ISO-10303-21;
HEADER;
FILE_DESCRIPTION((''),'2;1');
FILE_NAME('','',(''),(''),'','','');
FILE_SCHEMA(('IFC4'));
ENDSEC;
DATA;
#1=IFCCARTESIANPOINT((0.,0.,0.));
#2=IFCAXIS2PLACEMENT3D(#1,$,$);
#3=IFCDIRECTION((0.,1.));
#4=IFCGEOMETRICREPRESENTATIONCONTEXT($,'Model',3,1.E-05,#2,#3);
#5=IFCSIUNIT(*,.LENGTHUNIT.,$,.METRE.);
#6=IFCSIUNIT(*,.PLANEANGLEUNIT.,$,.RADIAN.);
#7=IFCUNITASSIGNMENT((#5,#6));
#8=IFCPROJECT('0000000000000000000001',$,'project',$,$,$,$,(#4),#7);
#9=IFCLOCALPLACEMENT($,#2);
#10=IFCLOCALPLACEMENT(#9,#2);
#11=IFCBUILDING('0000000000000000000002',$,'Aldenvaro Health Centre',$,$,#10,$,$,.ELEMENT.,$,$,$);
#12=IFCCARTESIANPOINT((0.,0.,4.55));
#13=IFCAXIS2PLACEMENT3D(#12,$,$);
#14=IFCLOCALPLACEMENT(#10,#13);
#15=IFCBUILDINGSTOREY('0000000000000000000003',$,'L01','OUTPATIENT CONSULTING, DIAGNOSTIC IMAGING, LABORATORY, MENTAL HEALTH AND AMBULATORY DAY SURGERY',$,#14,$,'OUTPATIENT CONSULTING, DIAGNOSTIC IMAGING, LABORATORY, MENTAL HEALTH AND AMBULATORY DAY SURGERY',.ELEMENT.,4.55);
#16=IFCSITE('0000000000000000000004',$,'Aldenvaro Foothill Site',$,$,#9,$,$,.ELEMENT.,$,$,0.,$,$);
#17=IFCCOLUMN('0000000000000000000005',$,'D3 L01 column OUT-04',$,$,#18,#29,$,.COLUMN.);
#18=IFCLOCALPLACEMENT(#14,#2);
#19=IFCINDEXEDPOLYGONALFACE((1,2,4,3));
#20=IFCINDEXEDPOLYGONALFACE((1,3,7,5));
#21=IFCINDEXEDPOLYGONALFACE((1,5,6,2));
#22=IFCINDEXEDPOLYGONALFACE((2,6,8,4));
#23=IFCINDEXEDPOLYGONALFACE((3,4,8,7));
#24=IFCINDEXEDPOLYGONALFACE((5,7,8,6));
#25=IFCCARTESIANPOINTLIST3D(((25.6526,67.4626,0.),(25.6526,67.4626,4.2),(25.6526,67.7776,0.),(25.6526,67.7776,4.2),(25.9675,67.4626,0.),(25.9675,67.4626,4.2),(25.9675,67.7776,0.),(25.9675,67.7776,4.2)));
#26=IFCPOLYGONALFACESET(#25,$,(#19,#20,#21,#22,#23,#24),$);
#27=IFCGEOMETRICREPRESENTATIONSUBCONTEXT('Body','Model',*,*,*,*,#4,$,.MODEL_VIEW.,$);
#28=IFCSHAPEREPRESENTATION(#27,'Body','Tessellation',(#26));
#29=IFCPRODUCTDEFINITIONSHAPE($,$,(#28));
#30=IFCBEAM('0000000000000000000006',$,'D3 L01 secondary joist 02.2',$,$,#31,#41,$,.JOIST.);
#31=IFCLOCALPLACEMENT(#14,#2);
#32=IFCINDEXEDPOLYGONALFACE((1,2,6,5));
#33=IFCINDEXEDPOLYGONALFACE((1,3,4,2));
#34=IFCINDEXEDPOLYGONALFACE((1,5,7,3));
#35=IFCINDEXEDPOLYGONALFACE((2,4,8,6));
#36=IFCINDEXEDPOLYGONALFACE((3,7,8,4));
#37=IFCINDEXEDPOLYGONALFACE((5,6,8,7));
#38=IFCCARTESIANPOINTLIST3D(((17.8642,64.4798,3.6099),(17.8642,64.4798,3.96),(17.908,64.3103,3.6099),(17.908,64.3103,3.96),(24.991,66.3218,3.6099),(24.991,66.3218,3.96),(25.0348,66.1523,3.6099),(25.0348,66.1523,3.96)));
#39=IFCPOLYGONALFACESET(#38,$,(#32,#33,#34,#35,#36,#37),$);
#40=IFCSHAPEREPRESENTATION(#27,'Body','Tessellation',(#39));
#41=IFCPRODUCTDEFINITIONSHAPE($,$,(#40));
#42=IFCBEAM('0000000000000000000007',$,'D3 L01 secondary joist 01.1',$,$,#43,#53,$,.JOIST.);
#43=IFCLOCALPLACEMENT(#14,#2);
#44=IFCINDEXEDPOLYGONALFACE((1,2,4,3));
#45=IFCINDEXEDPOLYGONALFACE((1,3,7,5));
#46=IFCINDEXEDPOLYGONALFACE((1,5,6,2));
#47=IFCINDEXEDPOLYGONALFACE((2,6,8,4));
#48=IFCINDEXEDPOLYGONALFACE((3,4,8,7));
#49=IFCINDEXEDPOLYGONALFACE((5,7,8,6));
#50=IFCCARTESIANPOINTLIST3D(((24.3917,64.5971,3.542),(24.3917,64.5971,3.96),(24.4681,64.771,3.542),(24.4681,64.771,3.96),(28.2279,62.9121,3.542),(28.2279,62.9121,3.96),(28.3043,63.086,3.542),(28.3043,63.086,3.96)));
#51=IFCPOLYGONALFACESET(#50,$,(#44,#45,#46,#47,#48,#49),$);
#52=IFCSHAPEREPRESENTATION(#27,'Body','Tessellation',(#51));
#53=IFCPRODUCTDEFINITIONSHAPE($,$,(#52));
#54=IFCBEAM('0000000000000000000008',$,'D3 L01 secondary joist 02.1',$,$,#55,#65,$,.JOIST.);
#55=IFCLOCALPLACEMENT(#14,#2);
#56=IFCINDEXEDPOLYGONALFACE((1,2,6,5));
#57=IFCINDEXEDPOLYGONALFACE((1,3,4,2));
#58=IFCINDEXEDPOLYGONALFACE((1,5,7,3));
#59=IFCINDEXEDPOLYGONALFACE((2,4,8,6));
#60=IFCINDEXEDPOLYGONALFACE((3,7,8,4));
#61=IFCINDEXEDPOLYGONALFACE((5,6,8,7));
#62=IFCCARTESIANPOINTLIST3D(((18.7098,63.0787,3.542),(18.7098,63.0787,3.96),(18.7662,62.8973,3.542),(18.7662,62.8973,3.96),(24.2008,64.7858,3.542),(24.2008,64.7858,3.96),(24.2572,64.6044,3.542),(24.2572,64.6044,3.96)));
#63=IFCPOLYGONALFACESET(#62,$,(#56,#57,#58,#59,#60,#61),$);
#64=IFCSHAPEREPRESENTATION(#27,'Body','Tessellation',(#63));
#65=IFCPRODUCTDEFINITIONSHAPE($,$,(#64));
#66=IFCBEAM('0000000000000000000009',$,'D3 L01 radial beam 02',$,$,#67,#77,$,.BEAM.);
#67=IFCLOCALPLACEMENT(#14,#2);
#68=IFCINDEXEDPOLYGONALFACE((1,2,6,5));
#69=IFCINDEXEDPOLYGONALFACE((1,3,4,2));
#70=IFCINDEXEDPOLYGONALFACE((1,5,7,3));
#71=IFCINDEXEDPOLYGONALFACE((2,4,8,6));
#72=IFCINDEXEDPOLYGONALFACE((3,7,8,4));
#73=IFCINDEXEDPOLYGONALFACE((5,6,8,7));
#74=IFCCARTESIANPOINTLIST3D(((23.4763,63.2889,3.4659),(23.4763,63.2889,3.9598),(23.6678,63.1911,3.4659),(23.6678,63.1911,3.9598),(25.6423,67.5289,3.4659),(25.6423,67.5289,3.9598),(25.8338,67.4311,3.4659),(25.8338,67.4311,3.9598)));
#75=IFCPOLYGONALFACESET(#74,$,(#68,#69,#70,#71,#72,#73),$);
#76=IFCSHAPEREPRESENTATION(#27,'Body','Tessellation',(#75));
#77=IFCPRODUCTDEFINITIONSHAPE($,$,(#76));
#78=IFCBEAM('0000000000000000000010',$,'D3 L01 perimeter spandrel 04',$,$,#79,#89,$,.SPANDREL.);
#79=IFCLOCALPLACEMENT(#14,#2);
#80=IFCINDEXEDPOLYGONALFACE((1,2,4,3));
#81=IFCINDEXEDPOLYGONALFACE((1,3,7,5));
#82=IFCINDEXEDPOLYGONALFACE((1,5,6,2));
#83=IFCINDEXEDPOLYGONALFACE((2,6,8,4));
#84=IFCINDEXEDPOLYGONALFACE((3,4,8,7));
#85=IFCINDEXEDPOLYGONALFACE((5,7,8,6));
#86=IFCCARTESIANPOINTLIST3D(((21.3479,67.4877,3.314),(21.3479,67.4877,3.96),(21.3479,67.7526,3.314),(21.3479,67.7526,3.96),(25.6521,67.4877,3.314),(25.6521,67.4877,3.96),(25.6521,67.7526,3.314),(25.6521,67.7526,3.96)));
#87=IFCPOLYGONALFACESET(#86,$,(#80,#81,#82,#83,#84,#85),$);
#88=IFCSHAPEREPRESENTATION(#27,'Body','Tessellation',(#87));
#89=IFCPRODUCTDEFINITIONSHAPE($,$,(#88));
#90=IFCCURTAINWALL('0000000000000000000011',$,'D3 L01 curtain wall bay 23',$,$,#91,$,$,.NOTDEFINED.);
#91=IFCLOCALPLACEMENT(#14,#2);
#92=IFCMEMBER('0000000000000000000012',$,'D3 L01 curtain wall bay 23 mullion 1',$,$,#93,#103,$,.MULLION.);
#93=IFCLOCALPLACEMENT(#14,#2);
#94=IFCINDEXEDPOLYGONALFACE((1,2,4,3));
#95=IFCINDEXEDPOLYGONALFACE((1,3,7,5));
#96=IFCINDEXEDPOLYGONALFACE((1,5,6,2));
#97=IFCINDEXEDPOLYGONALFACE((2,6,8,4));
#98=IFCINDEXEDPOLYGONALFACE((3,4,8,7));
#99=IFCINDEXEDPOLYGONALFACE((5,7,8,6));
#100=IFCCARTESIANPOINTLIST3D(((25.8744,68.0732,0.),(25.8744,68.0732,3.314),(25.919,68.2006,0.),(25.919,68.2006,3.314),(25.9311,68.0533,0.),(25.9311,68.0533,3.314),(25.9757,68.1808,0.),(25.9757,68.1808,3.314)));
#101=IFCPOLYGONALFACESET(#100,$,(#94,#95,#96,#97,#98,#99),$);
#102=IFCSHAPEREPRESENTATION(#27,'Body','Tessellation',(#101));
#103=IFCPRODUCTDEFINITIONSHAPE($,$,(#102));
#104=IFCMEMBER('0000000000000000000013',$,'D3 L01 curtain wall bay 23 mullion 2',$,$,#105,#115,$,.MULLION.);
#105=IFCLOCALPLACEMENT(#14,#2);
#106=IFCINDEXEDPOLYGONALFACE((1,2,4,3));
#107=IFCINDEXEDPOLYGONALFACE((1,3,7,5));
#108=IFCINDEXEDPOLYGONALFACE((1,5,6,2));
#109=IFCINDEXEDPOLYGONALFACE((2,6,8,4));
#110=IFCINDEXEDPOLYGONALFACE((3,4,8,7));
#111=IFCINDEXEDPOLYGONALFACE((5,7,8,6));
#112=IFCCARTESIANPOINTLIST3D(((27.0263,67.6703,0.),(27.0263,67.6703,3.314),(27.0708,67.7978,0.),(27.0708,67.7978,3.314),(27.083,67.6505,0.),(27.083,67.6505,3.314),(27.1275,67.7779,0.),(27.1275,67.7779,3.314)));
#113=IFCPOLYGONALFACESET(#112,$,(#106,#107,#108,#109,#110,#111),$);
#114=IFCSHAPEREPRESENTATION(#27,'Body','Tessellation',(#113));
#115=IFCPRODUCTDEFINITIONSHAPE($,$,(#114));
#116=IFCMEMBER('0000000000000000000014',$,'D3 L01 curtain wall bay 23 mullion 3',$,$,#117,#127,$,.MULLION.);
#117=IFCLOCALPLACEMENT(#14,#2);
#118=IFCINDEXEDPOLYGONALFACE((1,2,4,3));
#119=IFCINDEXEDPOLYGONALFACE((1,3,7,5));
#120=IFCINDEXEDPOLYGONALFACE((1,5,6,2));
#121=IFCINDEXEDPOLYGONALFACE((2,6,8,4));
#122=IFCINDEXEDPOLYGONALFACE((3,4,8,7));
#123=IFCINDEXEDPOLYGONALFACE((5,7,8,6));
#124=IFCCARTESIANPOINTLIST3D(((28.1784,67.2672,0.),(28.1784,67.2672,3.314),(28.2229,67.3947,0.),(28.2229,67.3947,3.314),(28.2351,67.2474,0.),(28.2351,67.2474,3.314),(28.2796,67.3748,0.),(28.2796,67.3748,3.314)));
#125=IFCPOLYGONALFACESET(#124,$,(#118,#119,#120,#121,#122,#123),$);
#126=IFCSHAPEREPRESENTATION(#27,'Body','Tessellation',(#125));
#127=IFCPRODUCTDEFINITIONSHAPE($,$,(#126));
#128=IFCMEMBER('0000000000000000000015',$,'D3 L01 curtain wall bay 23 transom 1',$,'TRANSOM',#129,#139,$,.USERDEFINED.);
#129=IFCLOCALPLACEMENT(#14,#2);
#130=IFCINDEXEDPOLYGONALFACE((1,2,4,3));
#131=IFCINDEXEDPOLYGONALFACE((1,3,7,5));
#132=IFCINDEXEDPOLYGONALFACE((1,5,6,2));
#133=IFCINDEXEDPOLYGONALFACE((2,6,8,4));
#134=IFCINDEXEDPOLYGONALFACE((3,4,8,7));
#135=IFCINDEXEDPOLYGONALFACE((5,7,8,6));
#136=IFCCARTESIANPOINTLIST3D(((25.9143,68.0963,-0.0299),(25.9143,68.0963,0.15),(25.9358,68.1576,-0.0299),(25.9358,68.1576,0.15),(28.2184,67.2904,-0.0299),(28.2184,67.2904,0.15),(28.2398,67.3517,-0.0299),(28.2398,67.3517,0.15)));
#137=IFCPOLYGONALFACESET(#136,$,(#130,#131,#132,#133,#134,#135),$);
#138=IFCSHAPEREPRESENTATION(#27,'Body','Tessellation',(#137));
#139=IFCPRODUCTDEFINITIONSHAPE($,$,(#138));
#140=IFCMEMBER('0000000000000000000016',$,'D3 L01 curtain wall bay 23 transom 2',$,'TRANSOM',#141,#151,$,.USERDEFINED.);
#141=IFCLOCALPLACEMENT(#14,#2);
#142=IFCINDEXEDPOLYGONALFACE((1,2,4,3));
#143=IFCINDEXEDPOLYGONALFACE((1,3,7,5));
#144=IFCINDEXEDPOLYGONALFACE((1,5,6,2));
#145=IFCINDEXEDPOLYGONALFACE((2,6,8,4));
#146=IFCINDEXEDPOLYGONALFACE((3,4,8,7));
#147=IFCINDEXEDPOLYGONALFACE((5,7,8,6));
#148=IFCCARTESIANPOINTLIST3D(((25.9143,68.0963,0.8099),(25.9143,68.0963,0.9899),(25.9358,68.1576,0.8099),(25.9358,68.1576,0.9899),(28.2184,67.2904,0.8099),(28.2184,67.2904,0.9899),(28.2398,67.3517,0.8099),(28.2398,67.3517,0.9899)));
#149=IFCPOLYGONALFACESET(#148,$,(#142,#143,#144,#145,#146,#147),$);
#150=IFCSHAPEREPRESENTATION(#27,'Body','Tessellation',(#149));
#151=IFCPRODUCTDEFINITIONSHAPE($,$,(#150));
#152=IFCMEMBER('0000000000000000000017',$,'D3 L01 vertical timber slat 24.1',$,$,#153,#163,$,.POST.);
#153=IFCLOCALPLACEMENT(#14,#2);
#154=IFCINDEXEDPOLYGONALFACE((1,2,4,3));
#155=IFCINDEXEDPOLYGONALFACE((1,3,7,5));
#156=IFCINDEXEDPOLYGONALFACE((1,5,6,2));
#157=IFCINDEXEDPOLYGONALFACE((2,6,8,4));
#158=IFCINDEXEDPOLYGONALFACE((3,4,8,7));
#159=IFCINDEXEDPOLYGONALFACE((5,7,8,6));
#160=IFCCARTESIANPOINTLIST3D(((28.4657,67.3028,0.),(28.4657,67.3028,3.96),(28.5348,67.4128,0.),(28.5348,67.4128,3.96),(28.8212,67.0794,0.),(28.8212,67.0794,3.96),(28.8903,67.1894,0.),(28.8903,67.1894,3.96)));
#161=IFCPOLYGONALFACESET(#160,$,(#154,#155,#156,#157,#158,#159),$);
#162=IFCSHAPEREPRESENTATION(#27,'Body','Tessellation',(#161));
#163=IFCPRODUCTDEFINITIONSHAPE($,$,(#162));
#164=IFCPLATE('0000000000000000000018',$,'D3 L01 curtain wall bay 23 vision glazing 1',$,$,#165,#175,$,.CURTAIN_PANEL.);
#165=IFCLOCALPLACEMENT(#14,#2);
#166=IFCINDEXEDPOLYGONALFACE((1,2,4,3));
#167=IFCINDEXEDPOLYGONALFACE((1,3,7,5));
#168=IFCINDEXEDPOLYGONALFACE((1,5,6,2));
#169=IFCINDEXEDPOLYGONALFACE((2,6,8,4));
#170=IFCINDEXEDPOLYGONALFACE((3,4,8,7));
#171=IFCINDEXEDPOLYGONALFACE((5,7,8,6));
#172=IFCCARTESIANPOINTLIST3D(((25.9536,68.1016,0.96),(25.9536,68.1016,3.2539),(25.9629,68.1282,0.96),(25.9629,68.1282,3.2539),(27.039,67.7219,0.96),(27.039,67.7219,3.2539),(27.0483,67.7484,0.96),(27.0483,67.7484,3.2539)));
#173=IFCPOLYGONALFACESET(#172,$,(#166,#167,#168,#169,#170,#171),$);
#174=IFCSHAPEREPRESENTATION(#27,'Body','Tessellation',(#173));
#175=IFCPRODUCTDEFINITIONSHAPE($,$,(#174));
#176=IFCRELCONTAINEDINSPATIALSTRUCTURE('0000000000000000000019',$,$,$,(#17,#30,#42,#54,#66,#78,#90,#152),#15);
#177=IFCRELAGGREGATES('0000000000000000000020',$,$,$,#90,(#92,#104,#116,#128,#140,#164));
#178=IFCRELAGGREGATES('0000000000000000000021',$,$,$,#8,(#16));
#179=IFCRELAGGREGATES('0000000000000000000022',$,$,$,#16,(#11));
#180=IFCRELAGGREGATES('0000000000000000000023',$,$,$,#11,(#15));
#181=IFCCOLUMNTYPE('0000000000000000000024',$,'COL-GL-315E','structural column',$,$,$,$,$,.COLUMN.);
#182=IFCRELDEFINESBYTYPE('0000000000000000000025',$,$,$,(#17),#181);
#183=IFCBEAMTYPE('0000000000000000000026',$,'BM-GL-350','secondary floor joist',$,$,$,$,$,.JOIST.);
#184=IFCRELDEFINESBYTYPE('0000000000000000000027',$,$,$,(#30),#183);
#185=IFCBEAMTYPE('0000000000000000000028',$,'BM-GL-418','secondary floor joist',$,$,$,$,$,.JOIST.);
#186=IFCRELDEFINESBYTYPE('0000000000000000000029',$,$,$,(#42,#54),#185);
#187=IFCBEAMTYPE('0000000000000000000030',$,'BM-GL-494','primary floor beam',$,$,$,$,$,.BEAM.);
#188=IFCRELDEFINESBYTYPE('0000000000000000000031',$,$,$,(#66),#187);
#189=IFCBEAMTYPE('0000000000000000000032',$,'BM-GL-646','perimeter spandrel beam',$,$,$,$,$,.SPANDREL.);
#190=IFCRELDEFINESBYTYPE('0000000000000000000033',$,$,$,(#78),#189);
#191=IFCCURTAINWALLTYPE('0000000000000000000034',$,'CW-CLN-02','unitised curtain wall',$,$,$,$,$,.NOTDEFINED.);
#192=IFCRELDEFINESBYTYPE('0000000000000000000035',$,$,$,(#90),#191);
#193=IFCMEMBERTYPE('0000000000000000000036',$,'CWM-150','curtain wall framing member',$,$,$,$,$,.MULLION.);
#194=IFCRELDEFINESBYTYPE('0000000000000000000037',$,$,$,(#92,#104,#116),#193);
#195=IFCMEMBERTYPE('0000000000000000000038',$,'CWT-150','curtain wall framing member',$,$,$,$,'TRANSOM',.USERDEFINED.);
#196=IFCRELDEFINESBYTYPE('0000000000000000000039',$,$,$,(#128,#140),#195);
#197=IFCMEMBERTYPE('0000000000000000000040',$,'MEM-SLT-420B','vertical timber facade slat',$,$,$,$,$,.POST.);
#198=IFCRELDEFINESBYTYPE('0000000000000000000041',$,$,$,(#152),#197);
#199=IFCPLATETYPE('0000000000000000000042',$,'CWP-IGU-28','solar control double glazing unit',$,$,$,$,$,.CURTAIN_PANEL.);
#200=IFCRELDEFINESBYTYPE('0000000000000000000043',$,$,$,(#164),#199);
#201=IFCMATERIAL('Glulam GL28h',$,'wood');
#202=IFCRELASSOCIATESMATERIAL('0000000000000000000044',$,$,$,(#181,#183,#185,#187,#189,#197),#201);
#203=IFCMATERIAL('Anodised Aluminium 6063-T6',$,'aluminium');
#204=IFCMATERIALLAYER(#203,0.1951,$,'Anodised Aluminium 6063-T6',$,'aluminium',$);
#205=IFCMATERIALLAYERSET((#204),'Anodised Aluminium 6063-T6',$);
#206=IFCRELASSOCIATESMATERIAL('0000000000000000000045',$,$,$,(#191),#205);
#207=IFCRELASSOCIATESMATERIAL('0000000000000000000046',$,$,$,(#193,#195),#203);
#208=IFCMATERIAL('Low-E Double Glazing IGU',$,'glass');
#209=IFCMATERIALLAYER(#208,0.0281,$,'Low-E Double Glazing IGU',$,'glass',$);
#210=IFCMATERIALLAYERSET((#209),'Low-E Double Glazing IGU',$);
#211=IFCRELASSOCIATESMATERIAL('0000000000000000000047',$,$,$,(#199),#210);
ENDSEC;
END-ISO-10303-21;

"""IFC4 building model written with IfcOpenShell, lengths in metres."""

from ifc_helpers import new_model, si_unit, direction, frame, origin, origin_2d, place, context, subcontext, project, spatial, rectangle, extrude, material, layer, layer_set, material_profile, profile_set, type_object, element, aggregate, save


model = new_model("IFC4")

# Units and contexts
model_context = context("Model", 3, precision=1e-05, world=origin(), true_north=direction((0.0, 1.0)))
body_context = subcontext(model_context, "Body", "Model", "MODEL_VIEW")
ifc_project = project(units=[si_unit("LENGTHUNIT", "METRE"), si_unit("PLANEANGLEUNIT", "RADIAN")], contexts=[model_context])

# Site, building, storey
site_placement = place(None, origin())
site = spatial("IfcSite", under=ifc_project, at=site_placement, Name="Aldenvaro Foothill Site", CompositionType="ELEMENT", RefElevation=0.0)
building_placement = place(site_placement, origin())
building = spatial("IfcBuilding", under=site, at=building_placement, Name="Aldenvaro Health Centre", CompositionType="ELEMENT")
storey_placement = place(building_placement, frame((0.0, 0.0, 4.55)))
storey = spatial("IfcBuildingStorey", under=building, at=storey_placement, Name="L01", Description="OUTPATIENT CONSULTING, DIAGNOSTIC IMAGING, LABORATORY, MENTAL HEALTH AND AMBULATORY DAY SURGERY", LongName="OUTPATIENT CONSULTING, DIAGNOSTIC IMAGING, LABORATORY, MENTAL HEALTH AND AMBULATORY DAY SURGERY", CompositionType="ELEMENT", Elevation=4.55)

# Column
ifc_material_1 = material(Name="Glulam GL28h", Category="wood")
ifc_material_profile_1 = material_profile(ifc_material_1, rectangle(XDim=0.3149, YDim=0.3149, at=origin_2d()), Name="GL 315x315", Category="wood")
ifc_profile_set_1 = profile_set([ifc_material_profile_1], Name="Glulam GL28h")
column_type = type_object("IfcColumnType", Name="COL-GL-315E", Description="structural column", PredefinedType="COLUMN", material=ifc_profile_set_1)
column_placement = place(storey_placement, frame((25.8101, 67.6201, 0.0), z_axis=(0.0, 0.0, 1.0), x_axis=(1.0, 0.0, 0.0)))
element("IfcColumn", 1, at=column_placement, inside=storey, type_object=column_type, Name="D3 L01 column OUT-04", PredefinedType="COLUMN", context=body_context, shape_type="SweptSolid", body=[
    extrude(rectangle(XDim=0.3149, YDim=0.3149, at=origin_2d()), origin(), (0.0, 0.0, 1.0), 4.2),
])

# Beams
ifc_material_profile_2 = material_profile(ifc_material_1, rectangle(XDim=0.175, YDim=0.3501, at=origin_2d()), Name="GL 175x350", Category="wood")
ifc_profile_set_2 = profile_set([ifc_material_profile_2], Name="Glulam GL28h")
beam_type_1 = type_object("IfcBeamType", Name="BM-GL-350", Description="secondary floor joist", PredefinedType="JOIST", material=ifc_profile_set_2)
beam_1_placement = place(storey_placement, frame((25.0129, 66.2371, 3.7849), z_axis=(-0.968184, -0.250238, 0.0), x_axis=(0.250238, -0.968184, 0.0)))
element("IfcBeam", 2, at=beam_1_placement, inside=storey, type_object=beam_type_1, Name="D3 L01 secondary joist 02.2", PredefinedType="JOIST", context=body_context, shape_type="SweptSolid", body=[
    extrude(rectangle(XDim=0.175, YDim=0.3501, at=origin_2d()), origin(), (0.0, 0.0, 1.0), 7.3611),
])
ifc_material_profile_3 = material_profile(ifc_material_1, rectangle(XDim=0.1899, YDim=0.418, at=origin_2d()), Name="GL 190x418", Category="wood")
ifc_profile_set_3 = profile_set([ifc_material_profile_3], Name="Glulam GL28h")
beam_type_2 = type_object("IfcBeamType", Name="BM-GL-418", Description="secondary floor joist", PredefinedType="JOIST", material=ifc_profile_set_3)
beam_2_placement = place(storey_placement, frame((28.2661, 62.999, 3.751), z_axis=(-0.915567, 0.402166, 0.0), x_axis=(-0.402166, -0.915567, 0.0)))
element("IfcBeam", 3, at=beam_2_placement, inside=storey, type_object=beam_type_2, Name="D3 L01 secondary joist 01.1", PredefinedType="JOIST", context=body_context, shape_type="SweptSolid", body=[
    extrude(rectangle(XDim=0.1899, YDim=0.418, at=origin_2d()), origin(), (0.0, 0.0, 1.0), 4.1899),
])
beam_3_placement = place(storey_placement, frame((24.229, 64.6951, 3.751), z_axis=(-0.954919, -0.296865, 0.0), x_axis=(0.296865, -0.954919, 0.0)))
element("IfcBeam", 4, at=beam_3_placement, inside=storey, type_object=beam_type_2, Name="D3 L01 secondary joist 02.1", PredefinedType="JOIST", context=body_context, shape_type="SweptSolid", body=[
    extrude(rectangle(XDim=0.1899, YDim=0.418, at=origin_2d()), origin(), (0.0, 0.0, 1.0), 5.7502),
])
ifc_material_profile_4 = material_profile(ifc_material_1, rectangle(XDim=0.2151, YDim=0.4939, at=origin_2d()), Name="GL 215x494", Category="wood")
ifc_profile_set_4 = profile_set([ifc_material_profile_4], Name="Glulam GL28h")
beam_type_3 = type_object("IfcBeamType", Name="BM-GL-494", Description="primary floor beam", PredefinedType="BEAM", material=ifc_profile_set_4)
beam_4_placement = place(storey_placement, frame((23.572, 63.24, 3.7129), z_axis=(0.454929, 0.890527, 0.0), x_axis=(-0.890527, 0.454929, 0.0)))
element("IfcBeam", 5, at=beam_4_placement, inside=storey, type_object=beam_type_3, Name="D3 L01 radial beam 02", PredefinedType="BEAM", context=body_context, shape_type="SweptSolid", body=[
    extrude(rectangle(XDim=0.2151, YDim=0.4939, at=origin_2d()), origin(), (0.0, 0.0, 1.0), 4.7612),
])
ifc_material_profile_5 = material_profile(ifc_material_1, rectangle(XDim=0.2649, YDim=0.646, at=origin_2d()), Name="GL 265x646", Category="wood")
ifc_profile_set_5 = profile_set([ifc_material_profile_5], Name="Glulam GL28h")
beam_type_4 = type_object("IfcBeamType", Name="BM-GL-646", Description="perimeter spandrel beam", PredefinedType="SPANDREL", material=ifc_profile_set_5)
beam_5_placement = place(storey_placement, frame((25.6521, 67.6201, 3.637), z_axis=(-1.0, 0.0, 0.0), x_axis=(0.0, -1.0, 0.0)))
element("IfcBeam", 6, at=beam_5_placement, inside=storey, type_object=beam_type_4, Name="D3 L01 perimeter spandrel 04", PredefinedType="SPANDREL", context=body_context, shape_type="SweptSolid", body=[
    extrude(rectangle(XDim=0.2649, YDim=0.646, at=origin_2d()), origin(), (0.0, 0.0, 1.0), 4.3042),
])

# Curtain wall, members
ifc_material_2 = material(Name="Anodised Aluminium 6063-T6", Category="aluminium")
ifc_layer_1 = layer(ifc_material_2, 0.1951, Name="Anodised Aluminium 6063-T6", Category="aluminium")
ifc_layer_set_1 = layer_set([ifc_layer_1], Name="Anodised Aluminium 6063-T6")
curtain_wall_type = type_object("IfcCurtainWallType", Name="CW-CLN-02", Description="unitised curtain wall", PredefinedType="NOTDEFINED", material=ifc_layer_set_1)
curtain_wall_placement = place(storey_placement, origin())
curtain_wall = element("IfcCurtainWall", 7, at=curtain_wall_placement, inside=storey, type_object=curtain_wall_type, Name="D3 L01 curtain wall bay 23", PredefinedType="NOTDEFINED")
ifc_material_profile_6 = material_profile(ifc_material_2, rectangle(XDim=0.0601, YDim=0.135, at=origin_2d()), Name="ALU 60x135", Category="aluminium")
ifc_profile_set_6 = profile_set([ifc_material_profile_6], Name="Anodised Aluminium 6063-T6")
member_type_1 = type_object("IfcMemberType", Name="CWM-150", Description="curtain wall framing member", PredefinedType="MULLION", material=ifc_profile_set_6)
member_1_placement = place(storey_placement, frame((25.925, 68.127, 0.0), z_axis=(0.0, 0.0, 1.0), x_axis=(0.943909, -0.330204, 0.0)))
member_1 = element("IfcMember", 8, at=member_1_placement, type_object=member_type_1, Name="D3 L01 curtain wall bay 23 mullion 1", PredefinedType="MULLION", context=body_context, shape_type="SweptSolid", body=[
    extrude(rectangle(XDim=0.0601, YDim=0.135, at=origin_2d()), origin(), (0.0, 0.0, 1.0), 3.314),
])
member_2_placement = place(storey_placement, frame((27.0769, 67.7241, 0.0), z_axis=(0.0, 0.0, 1.0), x_axis=(0.943909, -0.330204, 0.0)))
member_2 = element("IfcMember", 9, at=member_2_placement, type_object=member_type_1, Name="D3 L01 curtain wall bay 23 mullion 2", PredefinedType="MULLION", context=body_context, shape_type="SweptSolid", body=[
    extrude(rectangle(XDim=0.0601, YDim=0.135, at=origin_2d()), origin(), (0.0, 0.0, 1.0), 3.314),
])
member_3_placement = place(storey_placement, frame((28.229, 67.321, 0.0), z_axis=(0.0, 0.0, 1.0), x_axis=(0.943909, -0.330204, 0.0)))
member_3 = element("IfcMember", 10, at=member_3_placement, type_object=member_type_1, Name="D3 L01 curtain wall bay 23 mullion 3", PredefinedType="MULLION", context=body_context, shape_type="SweptSolid", body=[
    extrude(rectangle(XDim=0.0601, YDim=0.135, at=origin_2d()), origin(), (0.0, 0.0, 1.0), 3.314),
])
ifc_material_profile_7 = material_profile(ifc_material_2, rectangle(XDim=0.0649, YDim=0.1799, at=origin_2d()), Name="ALU 65x180", Category="aluminium")
ifc_profile_set_7 = profile_set([ifc_material_profile_7], Name="Anodised Aluminium 6063-T6")
member_type_2 = type_object("IfcMemberType", Name="CWT-150", Description="curtain wall framing member", ElementType="TRANSOM", PredefinedType="USERDEFINED", material=ifc_profile_set_7)
member_4_placement = place(storey_placement, frame((25.925, 68.127, 0.0601), z_axis=(0.943919, -0.330177, 0.0), x_axis=(0.330177, 0.943919, 0.0)))
member_4 = element("IfcMember", 11, at=member_4_placement, type_object=member_type_2, Name="D3 L01 curtain wall bay 23 transom 1", ObjectType="TRANSOM", PredefinedType="USERDEFINED", context=body_context, shape_type="SweptSolid", body=[
    extrude(rectangle(XDim=0.0649, YDim=0.1799, at=origin_2d()), origin(), (0.0, 0.0, 1.0), 2.4409),
])
member_5_placement = place(storey_placement, frame((25.925, 68.127, 0.8999), z_axis=(0.943919, -0.330177, 0.0), x_axis=(0.330177, 0.943919, 0.0)))
member_5 = element("IfcMember", 12, at=member_5_placement, type_object=member_type_2, Name="D3 L01 curtain wall bay 23 transom 2", ObjectType="TRANSOM", PredefinedType="USERDEFINED", context=body_context, shape_type="SweptSolid", body=[
    extrude(rectangle(XDim=0.0649, YDim=0.1799, at=origin_2d()), origin(), (0.0, 0.0, 1.0), 2.4409),
])

# Member
ifc_material_profile_8 = material_profile(ifc_material_1, rectangle(XDim=0.1299, YDim=0.4199, at=origin_2d()), Name="GL 130x420", Category="wood")
ifc_profile_set_8 = profile_set([ifc_material_profile_8], Name="Glulam GL28h")
member_type_3 = type_object("IfcMemberType", Name="MEM-SLT-420B", Description="vertical timber facade slat", PredefinedType="POST", material=ifc_profile_set_8)
member_6_placement = place(storey_placement, frame((28.678, 67.2461, 0.0), z_axis=(0.0, 0.0, 1.0), x_axis=(0.532096, 0.846684, 0.0)))
element("IfcMember", 13, at=member_6_placement, inside=storey, type_object=member_type_3, Name="D3 L01 vertical timber slat 24.1", PredefinedType="POST", context=body_context, shape_type="SweptSolid", body=[
    extrude(rectangle(XDim=0.1299, YDim=0.4199, at=origin_2d()), origin(), (0.0, 0.0, 1.0), 3.96),
])

# Plate
ifc_material_3 = material(Name="Low-E Double Glazing IGU", Category="glass")
ifc_layer_2 = layer(ifc_material_3, 0.0281, Name="Low-E Double Glazing IGU", Category="glass")
ifc_layer_set_2 = layer_set([ifc_layer_2], Name="Low-E Double Glazing IGU")
plate_type_1 = type_object("IfcPlateType", Name="CWP-IGU-28", Description="solar control double glazing unit", PredefinedType="CURTAIN_PANEL", material=ifc_layer_set_2)
plate_1_placement = place(storey_placement, frame((26.501, 67.925, 0.96), z_axis=(0.0, 0.0, 1.0), x_axis=(0.943909, -0.330204, 0.0)))
plate_1 = element("IfcPlate", 14, at=plate_1_placement, type_object=plate_type_1, Name="D3 L01 curtain wall bay 23 vision glazing 1", PredefinedType="CURTAIN_PANEL", context=body_context, shape_type="SweptSolid", body=[
    extrude(rectangle(XDim=1.1499, YDim=0.0281, at=origin_2d()), origin(), (0.0, 0.0, 1.0), 2.2939),
])
aggregate(curtain_wall, [member_1, member_2, member_3, member_4, member_5, plate_1])

save(model, "model.ifc")
